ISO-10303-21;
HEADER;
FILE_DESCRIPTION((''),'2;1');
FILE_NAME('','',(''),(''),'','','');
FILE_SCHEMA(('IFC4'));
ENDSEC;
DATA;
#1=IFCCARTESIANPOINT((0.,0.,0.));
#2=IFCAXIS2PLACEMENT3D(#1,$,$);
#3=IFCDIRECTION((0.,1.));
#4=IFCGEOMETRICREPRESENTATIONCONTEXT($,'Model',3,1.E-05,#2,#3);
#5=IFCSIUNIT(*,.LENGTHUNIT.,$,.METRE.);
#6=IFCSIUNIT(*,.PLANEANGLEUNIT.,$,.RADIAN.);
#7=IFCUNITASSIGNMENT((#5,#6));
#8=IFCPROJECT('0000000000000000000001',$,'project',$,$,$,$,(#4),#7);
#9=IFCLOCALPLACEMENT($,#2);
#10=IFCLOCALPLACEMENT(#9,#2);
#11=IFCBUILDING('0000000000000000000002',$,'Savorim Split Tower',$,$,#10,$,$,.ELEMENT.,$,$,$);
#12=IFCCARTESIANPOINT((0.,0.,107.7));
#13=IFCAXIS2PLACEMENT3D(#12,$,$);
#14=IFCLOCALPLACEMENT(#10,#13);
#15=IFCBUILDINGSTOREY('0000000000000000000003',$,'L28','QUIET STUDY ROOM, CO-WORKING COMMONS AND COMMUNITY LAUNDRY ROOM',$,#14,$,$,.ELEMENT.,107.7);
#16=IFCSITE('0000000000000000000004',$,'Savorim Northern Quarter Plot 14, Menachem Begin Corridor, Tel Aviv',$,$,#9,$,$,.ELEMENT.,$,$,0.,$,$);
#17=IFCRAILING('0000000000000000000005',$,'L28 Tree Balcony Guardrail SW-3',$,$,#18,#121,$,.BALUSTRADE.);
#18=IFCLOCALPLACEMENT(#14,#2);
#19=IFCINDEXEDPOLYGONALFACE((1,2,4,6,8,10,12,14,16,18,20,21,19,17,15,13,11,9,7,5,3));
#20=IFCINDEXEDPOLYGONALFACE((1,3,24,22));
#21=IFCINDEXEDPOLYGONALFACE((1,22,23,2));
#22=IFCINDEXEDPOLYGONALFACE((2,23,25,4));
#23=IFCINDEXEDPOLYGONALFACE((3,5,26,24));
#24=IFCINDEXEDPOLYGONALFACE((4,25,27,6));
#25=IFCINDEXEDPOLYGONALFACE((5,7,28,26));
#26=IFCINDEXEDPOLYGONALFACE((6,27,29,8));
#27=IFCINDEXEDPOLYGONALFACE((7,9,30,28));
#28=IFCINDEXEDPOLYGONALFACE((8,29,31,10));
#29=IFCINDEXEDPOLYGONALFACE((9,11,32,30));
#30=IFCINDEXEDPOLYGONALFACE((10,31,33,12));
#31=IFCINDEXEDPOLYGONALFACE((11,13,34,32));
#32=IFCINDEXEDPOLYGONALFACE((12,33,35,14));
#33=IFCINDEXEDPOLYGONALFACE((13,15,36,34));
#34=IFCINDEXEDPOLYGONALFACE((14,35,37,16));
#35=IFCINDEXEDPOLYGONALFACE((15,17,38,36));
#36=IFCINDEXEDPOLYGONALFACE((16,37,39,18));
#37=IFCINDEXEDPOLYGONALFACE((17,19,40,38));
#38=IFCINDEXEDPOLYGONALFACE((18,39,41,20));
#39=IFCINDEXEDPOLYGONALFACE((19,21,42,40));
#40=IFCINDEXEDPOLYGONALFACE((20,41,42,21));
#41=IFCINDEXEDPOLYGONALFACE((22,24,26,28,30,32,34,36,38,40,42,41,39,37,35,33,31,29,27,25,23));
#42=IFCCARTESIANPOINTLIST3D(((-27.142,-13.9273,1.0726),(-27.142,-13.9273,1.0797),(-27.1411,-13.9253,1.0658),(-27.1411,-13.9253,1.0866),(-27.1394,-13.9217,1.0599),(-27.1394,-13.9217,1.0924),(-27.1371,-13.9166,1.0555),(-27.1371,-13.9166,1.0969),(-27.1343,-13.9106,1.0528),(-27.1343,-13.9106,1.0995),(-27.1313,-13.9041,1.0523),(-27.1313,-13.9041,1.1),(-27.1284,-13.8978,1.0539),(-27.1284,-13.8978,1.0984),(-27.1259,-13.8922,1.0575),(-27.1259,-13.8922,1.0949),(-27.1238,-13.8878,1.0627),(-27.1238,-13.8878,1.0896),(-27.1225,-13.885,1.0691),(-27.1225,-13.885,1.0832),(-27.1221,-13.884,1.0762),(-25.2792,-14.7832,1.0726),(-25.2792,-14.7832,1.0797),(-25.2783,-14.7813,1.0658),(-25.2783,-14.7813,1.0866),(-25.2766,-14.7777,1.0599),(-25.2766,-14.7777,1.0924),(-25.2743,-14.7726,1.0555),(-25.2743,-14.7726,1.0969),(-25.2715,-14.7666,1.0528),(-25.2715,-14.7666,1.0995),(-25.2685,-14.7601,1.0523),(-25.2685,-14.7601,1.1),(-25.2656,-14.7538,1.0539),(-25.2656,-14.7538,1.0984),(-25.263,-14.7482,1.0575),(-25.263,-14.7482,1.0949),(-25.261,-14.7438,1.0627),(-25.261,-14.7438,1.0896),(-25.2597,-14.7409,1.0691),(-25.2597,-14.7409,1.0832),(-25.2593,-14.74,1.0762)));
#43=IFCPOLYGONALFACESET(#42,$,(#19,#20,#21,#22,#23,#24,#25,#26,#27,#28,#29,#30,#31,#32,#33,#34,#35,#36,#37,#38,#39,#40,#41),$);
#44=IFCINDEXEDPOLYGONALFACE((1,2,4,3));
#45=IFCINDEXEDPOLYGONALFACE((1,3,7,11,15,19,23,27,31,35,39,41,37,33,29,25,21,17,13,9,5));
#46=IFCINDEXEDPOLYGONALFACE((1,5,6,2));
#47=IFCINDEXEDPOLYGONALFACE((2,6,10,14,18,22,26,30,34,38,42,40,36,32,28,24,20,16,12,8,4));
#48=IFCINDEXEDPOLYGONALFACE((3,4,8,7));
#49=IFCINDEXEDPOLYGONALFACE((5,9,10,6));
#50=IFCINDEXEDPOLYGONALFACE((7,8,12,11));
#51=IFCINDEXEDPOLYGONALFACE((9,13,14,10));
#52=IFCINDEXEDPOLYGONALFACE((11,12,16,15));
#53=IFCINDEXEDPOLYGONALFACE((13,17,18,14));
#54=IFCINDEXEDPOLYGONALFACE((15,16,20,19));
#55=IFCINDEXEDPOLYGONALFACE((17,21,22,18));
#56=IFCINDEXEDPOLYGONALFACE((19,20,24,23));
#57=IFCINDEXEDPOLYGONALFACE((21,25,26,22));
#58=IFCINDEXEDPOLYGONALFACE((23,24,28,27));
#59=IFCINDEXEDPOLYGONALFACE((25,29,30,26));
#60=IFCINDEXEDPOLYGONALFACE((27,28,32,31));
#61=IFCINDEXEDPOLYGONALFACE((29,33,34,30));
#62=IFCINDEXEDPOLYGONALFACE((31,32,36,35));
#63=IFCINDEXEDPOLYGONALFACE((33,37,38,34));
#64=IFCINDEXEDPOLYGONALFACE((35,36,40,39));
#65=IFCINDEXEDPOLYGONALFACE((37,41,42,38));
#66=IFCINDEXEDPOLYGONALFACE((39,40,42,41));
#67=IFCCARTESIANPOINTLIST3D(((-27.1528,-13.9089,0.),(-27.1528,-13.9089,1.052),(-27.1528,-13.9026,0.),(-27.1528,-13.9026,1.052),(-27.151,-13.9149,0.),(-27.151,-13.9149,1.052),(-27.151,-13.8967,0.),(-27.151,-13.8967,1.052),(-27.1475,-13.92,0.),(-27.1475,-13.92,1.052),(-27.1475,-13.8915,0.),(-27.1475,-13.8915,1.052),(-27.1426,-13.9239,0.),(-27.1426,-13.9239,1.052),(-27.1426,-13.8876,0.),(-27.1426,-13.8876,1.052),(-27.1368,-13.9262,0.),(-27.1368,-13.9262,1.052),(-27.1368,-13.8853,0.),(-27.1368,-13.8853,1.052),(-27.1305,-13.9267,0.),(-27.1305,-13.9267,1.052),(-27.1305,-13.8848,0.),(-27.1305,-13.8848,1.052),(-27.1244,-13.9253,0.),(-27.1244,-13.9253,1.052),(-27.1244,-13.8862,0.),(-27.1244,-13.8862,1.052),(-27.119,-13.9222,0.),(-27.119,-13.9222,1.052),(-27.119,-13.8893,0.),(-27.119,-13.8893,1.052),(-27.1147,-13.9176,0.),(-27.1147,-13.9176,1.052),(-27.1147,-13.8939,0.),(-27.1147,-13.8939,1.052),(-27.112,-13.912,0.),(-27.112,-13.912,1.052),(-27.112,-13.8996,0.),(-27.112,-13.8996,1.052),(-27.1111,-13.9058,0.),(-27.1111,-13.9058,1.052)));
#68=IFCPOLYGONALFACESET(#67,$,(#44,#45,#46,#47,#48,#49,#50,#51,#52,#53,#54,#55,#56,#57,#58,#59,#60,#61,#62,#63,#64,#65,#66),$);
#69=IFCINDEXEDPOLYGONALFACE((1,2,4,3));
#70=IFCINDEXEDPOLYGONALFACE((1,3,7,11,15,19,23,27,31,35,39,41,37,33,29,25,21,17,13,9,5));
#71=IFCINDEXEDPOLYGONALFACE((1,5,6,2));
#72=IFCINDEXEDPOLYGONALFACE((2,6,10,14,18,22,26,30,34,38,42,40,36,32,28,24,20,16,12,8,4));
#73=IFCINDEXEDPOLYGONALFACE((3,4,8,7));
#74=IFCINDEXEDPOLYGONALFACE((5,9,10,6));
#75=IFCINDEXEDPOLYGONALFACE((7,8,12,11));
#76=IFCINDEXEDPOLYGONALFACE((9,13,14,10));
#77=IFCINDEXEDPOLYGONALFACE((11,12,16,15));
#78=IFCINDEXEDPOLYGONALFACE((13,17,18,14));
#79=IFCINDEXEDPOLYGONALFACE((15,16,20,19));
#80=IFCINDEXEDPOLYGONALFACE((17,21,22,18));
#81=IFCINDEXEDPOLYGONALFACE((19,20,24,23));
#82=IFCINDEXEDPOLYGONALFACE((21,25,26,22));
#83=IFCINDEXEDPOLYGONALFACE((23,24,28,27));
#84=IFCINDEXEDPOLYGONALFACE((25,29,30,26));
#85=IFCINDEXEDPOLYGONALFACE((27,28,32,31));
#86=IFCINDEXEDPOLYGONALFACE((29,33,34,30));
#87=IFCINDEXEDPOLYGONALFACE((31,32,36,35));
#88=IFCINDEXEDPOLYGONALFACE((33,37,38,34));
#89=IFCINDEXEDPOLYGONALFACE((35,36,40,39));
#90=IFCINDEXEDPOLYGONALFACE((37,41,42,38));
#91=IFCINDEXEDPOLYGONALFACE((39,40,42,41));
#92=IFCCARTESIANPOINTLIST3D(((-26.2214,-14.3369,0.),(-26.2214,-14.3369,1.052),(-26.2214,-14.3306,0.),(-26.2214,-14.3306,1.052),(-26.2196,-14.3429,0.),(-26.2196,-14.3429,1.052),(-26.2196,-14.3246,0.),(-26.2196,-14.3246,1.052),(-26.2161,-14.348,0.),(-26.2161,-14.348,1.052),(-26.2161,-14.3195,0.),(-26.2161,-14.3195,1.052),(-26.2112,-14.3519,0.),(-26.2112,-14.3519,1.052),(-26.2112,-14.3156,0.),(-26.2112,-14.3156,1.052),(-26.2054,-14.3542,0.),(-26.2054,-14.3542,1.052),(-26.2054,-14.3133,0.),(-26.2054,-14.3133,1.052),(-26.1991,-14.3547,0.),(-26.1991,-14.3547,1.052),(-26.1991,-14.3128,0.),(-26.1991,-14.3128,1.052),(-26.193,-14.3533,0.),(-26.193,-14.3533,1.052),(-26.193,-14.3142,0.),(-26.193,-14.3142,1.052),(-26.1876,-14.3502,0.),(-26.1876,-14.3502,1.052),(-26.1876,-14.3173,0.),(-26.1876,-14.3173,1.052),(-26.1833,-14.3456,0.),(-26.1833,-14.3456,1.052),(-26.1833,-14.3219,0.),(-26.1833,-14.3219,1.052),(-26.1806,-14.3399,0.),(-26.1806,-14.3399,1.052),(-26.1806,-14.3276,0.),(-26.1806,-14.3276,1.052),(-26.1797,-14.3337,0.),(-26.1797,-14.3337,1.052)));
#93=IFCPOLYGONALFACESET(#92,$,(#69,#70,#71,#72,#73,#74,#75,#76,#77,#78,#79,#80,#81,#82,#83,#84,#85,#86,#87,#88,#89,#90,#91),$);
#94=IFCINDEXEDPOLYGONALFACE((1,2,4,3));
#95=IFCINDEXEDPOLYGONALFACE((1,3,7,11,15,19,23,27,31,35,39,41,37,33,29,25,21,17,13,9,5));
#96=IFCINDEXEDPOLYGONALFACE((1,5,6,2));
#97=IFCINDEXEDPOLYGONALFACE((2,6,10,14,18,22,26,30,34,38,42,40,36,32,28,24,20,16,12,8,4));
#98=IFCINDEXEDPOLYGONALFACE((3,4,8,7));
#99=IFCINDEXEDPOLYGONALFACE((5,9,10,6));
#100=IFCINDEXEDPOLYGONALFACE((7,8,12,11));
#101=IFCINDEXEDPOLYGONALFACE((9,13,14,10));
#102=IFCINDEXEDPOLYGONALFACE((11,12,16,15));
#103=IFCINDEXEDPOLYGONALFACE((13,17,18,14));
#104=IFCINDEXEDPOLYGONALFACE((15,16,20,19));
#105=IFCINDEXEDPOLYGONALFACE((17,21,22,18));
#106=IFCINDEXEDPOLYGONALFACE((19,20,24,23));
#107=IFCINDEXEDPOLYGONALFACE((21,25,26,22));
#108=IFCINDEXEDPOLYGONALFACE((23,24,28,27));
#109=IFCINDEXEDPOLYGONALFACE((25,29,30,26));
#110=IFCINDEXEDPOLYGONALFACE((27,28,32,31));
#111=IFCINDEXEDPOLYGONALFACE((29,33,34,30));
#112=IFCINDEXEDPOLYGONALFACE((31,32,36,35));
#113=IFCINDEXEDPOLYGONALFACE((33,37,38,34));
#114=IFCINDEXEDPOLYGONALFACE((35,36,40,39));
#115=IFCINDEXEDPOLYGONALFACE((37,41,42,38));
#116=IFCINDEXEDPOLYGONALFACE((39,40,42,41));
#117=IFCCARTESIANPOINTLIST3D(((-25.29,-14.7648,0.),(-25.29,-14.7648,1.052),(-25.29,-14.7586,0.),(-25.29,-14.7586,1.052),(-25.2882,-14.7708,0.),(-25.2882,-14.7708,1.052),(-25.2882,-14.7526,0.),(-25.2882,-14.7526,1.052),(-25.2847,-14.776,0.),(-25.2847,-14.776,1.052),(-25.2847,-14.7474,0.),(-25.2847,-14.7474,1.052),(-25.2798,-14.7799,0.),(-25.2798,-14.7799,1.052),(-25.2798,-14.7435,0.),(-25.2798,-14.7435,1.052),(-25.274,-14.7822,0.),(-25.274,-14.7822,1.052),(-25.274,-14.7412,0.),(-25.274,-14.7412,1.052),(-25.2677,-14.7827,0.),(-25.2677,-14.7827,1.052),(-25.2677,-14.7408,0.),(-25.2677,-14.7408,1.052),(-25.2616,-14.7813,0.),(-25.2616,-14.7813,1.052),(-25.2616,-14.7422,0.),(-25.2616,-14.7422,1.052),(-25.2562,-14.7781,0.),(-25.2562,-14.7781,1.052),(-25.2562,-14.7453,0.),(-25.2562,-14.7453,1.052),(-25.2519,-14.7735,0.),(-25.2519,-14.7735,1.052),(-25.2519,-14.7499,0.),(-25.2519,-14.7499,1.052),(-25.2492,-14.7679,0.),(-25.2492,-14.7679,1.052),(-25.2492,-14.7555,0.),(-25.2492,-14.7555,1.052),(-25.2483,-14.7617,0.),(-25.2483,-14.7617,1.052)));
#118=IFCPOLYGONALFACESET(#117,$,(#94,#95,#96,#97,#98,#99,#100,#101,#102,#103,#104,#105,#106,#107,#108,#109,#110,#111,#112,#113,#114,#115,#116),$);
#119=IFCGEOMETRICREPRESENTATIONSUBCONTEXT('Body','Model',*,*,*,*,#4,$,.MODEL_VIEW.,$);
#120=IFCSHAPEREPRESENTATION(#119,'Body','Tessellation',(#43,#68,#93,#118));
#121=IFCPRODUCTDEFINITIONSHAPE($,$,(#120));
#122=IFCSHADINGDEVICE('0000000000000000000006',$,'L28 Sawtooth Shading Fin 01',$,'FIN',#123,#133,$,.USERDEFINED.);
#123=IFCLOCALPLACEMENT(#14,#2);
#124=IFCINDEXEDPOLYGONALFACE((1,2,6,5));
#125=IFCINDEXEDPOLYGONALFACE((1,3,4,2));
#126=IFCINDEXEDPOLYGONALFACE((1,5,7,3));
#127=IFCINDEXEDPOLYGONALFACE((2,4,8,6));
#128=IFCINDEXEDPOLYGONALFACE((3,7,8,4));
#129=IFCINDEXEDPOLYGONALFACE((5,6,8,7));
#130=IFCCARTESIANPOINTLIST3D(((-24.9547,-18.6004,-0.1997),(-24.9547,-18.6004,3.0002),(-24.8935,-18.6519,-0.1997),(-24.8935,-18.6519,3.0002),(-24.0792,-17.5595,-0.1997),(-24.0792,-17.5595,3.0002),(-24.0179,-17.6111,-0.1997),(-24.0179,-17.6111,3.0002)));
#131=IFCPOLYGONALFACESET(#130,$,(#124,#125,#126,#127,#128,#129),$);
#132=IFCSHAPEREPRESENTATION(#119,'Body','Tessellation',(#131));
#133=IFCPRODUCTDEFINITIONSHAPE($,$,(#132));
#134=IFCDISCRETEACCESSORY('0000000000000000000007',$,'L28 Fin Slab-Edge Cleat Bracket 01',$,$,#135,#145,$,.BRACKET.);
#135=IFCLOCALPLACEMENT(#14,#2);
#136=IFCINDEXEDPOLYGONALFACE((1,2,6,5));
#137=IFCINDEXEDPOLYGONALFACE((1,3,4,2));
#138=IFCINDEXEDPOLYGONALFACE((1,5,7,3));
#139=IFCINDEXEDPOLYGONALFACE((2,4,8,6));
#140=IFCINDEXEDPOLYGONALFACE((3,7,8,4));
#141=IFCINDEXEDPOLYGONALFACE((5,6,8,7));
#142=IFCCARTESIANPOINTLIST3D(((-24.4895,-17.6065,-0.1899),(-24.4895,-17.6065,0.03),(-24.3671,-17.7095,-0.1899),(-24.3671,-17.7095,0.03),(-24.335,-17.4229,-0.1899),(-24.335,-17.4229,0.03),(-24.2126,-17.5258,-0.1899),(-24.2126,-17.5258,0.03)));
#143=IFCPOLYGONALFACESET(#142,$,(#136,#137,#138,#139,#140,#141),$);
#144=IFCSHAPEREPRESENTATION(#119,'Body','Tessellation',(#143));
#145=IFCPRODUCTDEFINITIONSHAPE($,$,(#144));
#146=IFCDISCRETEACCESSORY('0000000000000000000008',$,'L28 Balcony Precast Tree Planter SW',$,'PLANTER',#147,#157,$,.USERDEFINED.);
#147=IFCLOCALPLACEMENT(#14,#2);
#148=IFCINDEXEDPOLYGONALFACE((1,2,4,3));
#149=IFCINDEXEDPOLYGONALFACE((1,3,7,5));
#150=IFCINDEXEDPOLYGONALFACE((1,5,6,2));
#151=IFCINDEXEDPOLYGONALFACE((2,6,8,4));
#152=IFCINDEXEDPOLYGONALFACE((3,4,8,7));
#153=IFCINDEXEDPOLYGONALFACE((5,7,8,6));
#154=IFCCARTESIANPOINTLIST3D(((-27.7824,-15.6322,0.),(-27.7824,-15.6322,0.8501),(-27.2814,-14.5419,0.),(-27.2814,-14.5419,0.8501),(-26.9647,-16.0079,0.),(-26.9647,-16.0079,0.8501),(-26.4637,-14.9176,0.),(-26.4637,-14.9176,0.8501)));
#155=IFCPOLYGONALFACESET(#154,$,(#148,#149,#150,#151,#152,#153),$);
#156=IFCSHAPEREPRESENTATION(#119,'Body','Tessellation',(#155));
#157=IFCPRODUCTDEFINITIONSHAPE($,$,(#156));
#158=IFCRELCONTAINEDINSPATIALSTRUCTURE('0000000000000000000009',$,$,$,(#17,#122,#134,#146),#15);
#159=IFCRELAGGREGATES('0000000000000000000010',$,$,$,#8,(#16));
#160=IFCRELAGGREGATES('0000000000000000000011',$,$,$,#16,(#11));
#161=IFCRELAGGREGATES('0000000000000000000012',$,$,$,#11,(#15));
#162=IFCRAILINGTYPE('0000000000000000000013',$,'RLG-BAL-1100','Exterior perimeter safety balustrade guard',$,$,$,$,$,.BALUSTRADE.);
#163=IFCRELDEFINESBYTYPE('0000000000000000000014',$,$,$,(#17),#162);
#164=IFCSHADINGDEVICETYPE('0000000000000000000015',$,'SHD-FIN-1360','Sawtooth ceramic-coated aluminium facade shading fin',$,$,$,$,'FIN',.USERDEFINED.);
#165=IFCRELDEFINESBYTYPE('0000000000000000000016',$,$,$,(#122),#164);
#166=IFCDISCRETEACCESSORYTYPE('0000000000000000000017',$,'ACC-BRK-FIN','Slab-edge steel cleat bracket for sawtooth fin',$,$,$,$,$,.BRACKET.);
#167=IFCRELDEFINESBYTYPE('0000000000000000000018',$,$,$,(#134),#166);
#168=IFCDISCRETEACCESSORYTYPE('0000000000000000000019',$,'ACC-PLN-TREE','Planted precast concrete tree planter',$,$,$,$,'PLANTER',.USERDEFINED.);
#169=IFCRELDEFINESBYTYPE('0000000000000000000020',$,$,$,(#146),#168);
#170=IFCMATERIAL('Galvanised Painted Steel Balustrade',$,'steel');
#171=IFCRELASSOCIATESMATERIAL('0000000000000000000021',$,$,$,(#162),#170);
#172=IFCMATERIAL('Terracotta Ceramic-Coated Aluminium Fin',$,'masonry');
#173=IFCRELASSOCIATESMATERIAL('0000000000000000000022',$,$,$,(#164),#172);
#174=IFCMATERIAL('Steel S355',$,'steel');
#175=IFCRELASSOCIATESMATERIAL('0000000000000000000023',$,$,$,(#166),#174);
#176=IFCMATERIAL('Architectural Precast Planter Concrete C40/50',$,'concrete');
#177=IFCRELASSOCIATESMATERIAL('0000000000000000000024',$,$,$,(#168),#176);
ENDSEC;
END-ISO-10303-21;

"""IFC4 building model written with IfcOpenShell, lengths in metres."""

from ifc_helpers import new_model, si_unit, direction, frame, origin, origin_2d, place, context, subcontext, project, spatial, rectangle, circle, extrude, material, type_object, element, save


model = new_model("IFC4")

# Units and contexts
model_context = context("Model", 3, precision=1e-05, world=origin(), true_north=direction((0.0, 1.0)))
body_context = subcontext(model_context, "Body", "Model", "MODEL_VIEW")
ifc_project = project(units=[si_unit("LENGTHUNIT", "METRE"), si_unit("PLANEANGLEUNIT", "RADIAN")], contexts=[model_context])

# Site, building, storey
site_placement = place(None, origin())
site = spatial("IfcSite", under=ifc_project, at=site_placement, Name="Savorim Northern Quarter Plot 14, Menachem Begin Corridor, Tel Aviv", CompositionType="ELEMENT", RefElevation=0.0)
building_placement = place(site_placement, origin())
building = spatial("IfcBuilding", under=site, at=building_placement, Name="Savorim Split Tower", CompositionType="ELEMENT")
storey_placement = place(building_placement, frame((0.0, 0.0, 107.7)))
storey = spatial("IfcBuildingStorey", under=building, at=storey_placement, Name="L28", Description="QUIET STUDY ROOM, CO-WORKING COMMONS AND COMMUNITY LAUNDRY ROOM", CompositionType="ELEMENT", Elevation=107.7)

# Shared definitions
ifc_material_1 = material(Name="Steel S355", Category="steel")

# Railing
ifc_material_2 = material(Name="Galvanised Painted Steel Balustrade", Category="steel")
railing_type = type_object("IfcRailingType", Name="RLG-BAL-1100", Description="Exterior perimeter safety balustrade guard", PredefinedType="BALUSTRADE", material=ifc_material_2)
railing_1_placement = place(storey_placement, frame((-27.1321, -13.9058, 0.0)))
element("IfcRailing", 1, at=railing_1_placement, inside=storey, type_object=railing_type, Name="L28 Tree Balcony Guardrail SW-3", PredefinedType="BALUSTRADE", context=body_context, shape_type="SweptSolid", body=[
    extrude(circle(Radius=0.0239, at=origin_2d()), frame((0.0, 0.0, 1.0762), z_axis=(0.908662, -0.417532, 0.0), x_axis=(0.417532, 0.908662, 0.0)), (0.0, 0.0, 1.0), 2.05),
    extrude(circle(Radius=0.021, at=origin_2d()), origin(), (0.0, 0.0, 1.0), 1.052),
    extrude(circle(Radius=0.021, at=origin_2d()), frame((0.9314, -0.428, 0.0)), (0.0, 0.0, 1.0), 1.052),
    extrude(circle(Radius=0.021, at=origin_2d()), frame((1.8628, -0.856, 0.0)), (0.0, 0.0, 1.0), 1.052),
])

# Shading device
ifc_material_3 = material(Name="Terracotta Ceramic-Coated Aluminium Fin", Category="masonry")
shading_device_type = type_object("IfcShadingDeviceType", Name="SHD-FIN-1360", Description="Sawtooth ceramic-coated aluminium facade shading fin", ElementType="FIN", PredefinedType="USERDEFINED", material=ifc_material_3)
shading_device_placement = place(storey_placement, frame((-24.4863, -18.1057, -0.1997), z_axis=(0.0, 0.0, 1.0), x_axis=(-0.643719, -0.765262, 0.0)))
element("IfcShadingDevice", 2, at=shading_device_placement, inside=storey, type_object=shading_device_type, Name="L28 Sawtooth Shading Fin 01", ObjectType="FIN", PredefinedType="USERDEFINED", context=body_context, shape_type="SweptSolid", body=[
    extrude(rectangle(XDim=1.3601, YDim=0.0801, at=origin_2d()), origin(), (0.0, 0.0, 1.0), 3.2),
])

# Discrete accessories
discrete_accessory_type_1 = type_object("IfcDiscreteAccessoryType", Name="ACC-BRK-FIN", Description="Slab-edge steel cleat bracket for sawtooth fin", PredefinedType="BRACKET", material=ifc_material_1)
discrete_accessory_1_placement = place(storey_placement, frame((-24.3511, -17.5662, -0.1899), z_axis=(0.0, 0.0, 1.0), x_axis=(-0.643719, -0.765262, 0.0)))
element("IfcDiscreteAccessory", 3, at=discrete_accessory_1_placement, inside=storey, type_object=discrete_accessory_type_1, Name="L28 Fin Slab-Edge Cleat Bracket 01", PredefinedType="BRACKET", context=body_context, shape_type="SweptSolid", body=[
    extrude(rectangle(XDim=0.24, YDim=0.1599, at=origin_2d()), origin(), (0.0, 0.0, 1.0), 0.22),
])
ifc_material_4 = material(Name="Architectural Precast Planter Concrete C40/50", Category="concrete")
discrete_accessory_type_2 = type_object("IfcDiscreteAccessoryType", Name="ACC-PLN-TREE", Description="Planted precast concrete tree planter", ElementType="PLANTER", PredefinedType="USERDEFINED", material=ifc_material_4)
discrete_accessory_2_placement = place(storey_placement, frame((-27.123, -15.2749, 0.0), z_axis=(0.0, 0.0, 1.0), x_axis=(-0.417507, -0.908674, 0.0)))
element("IfcDiscreteAccessory", 4, at=discrete_accessory_2_placement, inside=storey, type_object=discrete_accessory_type_2, Name="L28 Balcony Precast Tree Planter SW", ObjectType="PLANTER", PredefinedType="USERDEFINED", context=body_context, shape_type="SweptSolid", body=[
    extrude(rectangle(XDim=1.2, YDim=0.8999, at=origin_2d()), origin(), (0.0, 0.0, 1.0), 0.8501),
])

save(model, "model.ifc")
